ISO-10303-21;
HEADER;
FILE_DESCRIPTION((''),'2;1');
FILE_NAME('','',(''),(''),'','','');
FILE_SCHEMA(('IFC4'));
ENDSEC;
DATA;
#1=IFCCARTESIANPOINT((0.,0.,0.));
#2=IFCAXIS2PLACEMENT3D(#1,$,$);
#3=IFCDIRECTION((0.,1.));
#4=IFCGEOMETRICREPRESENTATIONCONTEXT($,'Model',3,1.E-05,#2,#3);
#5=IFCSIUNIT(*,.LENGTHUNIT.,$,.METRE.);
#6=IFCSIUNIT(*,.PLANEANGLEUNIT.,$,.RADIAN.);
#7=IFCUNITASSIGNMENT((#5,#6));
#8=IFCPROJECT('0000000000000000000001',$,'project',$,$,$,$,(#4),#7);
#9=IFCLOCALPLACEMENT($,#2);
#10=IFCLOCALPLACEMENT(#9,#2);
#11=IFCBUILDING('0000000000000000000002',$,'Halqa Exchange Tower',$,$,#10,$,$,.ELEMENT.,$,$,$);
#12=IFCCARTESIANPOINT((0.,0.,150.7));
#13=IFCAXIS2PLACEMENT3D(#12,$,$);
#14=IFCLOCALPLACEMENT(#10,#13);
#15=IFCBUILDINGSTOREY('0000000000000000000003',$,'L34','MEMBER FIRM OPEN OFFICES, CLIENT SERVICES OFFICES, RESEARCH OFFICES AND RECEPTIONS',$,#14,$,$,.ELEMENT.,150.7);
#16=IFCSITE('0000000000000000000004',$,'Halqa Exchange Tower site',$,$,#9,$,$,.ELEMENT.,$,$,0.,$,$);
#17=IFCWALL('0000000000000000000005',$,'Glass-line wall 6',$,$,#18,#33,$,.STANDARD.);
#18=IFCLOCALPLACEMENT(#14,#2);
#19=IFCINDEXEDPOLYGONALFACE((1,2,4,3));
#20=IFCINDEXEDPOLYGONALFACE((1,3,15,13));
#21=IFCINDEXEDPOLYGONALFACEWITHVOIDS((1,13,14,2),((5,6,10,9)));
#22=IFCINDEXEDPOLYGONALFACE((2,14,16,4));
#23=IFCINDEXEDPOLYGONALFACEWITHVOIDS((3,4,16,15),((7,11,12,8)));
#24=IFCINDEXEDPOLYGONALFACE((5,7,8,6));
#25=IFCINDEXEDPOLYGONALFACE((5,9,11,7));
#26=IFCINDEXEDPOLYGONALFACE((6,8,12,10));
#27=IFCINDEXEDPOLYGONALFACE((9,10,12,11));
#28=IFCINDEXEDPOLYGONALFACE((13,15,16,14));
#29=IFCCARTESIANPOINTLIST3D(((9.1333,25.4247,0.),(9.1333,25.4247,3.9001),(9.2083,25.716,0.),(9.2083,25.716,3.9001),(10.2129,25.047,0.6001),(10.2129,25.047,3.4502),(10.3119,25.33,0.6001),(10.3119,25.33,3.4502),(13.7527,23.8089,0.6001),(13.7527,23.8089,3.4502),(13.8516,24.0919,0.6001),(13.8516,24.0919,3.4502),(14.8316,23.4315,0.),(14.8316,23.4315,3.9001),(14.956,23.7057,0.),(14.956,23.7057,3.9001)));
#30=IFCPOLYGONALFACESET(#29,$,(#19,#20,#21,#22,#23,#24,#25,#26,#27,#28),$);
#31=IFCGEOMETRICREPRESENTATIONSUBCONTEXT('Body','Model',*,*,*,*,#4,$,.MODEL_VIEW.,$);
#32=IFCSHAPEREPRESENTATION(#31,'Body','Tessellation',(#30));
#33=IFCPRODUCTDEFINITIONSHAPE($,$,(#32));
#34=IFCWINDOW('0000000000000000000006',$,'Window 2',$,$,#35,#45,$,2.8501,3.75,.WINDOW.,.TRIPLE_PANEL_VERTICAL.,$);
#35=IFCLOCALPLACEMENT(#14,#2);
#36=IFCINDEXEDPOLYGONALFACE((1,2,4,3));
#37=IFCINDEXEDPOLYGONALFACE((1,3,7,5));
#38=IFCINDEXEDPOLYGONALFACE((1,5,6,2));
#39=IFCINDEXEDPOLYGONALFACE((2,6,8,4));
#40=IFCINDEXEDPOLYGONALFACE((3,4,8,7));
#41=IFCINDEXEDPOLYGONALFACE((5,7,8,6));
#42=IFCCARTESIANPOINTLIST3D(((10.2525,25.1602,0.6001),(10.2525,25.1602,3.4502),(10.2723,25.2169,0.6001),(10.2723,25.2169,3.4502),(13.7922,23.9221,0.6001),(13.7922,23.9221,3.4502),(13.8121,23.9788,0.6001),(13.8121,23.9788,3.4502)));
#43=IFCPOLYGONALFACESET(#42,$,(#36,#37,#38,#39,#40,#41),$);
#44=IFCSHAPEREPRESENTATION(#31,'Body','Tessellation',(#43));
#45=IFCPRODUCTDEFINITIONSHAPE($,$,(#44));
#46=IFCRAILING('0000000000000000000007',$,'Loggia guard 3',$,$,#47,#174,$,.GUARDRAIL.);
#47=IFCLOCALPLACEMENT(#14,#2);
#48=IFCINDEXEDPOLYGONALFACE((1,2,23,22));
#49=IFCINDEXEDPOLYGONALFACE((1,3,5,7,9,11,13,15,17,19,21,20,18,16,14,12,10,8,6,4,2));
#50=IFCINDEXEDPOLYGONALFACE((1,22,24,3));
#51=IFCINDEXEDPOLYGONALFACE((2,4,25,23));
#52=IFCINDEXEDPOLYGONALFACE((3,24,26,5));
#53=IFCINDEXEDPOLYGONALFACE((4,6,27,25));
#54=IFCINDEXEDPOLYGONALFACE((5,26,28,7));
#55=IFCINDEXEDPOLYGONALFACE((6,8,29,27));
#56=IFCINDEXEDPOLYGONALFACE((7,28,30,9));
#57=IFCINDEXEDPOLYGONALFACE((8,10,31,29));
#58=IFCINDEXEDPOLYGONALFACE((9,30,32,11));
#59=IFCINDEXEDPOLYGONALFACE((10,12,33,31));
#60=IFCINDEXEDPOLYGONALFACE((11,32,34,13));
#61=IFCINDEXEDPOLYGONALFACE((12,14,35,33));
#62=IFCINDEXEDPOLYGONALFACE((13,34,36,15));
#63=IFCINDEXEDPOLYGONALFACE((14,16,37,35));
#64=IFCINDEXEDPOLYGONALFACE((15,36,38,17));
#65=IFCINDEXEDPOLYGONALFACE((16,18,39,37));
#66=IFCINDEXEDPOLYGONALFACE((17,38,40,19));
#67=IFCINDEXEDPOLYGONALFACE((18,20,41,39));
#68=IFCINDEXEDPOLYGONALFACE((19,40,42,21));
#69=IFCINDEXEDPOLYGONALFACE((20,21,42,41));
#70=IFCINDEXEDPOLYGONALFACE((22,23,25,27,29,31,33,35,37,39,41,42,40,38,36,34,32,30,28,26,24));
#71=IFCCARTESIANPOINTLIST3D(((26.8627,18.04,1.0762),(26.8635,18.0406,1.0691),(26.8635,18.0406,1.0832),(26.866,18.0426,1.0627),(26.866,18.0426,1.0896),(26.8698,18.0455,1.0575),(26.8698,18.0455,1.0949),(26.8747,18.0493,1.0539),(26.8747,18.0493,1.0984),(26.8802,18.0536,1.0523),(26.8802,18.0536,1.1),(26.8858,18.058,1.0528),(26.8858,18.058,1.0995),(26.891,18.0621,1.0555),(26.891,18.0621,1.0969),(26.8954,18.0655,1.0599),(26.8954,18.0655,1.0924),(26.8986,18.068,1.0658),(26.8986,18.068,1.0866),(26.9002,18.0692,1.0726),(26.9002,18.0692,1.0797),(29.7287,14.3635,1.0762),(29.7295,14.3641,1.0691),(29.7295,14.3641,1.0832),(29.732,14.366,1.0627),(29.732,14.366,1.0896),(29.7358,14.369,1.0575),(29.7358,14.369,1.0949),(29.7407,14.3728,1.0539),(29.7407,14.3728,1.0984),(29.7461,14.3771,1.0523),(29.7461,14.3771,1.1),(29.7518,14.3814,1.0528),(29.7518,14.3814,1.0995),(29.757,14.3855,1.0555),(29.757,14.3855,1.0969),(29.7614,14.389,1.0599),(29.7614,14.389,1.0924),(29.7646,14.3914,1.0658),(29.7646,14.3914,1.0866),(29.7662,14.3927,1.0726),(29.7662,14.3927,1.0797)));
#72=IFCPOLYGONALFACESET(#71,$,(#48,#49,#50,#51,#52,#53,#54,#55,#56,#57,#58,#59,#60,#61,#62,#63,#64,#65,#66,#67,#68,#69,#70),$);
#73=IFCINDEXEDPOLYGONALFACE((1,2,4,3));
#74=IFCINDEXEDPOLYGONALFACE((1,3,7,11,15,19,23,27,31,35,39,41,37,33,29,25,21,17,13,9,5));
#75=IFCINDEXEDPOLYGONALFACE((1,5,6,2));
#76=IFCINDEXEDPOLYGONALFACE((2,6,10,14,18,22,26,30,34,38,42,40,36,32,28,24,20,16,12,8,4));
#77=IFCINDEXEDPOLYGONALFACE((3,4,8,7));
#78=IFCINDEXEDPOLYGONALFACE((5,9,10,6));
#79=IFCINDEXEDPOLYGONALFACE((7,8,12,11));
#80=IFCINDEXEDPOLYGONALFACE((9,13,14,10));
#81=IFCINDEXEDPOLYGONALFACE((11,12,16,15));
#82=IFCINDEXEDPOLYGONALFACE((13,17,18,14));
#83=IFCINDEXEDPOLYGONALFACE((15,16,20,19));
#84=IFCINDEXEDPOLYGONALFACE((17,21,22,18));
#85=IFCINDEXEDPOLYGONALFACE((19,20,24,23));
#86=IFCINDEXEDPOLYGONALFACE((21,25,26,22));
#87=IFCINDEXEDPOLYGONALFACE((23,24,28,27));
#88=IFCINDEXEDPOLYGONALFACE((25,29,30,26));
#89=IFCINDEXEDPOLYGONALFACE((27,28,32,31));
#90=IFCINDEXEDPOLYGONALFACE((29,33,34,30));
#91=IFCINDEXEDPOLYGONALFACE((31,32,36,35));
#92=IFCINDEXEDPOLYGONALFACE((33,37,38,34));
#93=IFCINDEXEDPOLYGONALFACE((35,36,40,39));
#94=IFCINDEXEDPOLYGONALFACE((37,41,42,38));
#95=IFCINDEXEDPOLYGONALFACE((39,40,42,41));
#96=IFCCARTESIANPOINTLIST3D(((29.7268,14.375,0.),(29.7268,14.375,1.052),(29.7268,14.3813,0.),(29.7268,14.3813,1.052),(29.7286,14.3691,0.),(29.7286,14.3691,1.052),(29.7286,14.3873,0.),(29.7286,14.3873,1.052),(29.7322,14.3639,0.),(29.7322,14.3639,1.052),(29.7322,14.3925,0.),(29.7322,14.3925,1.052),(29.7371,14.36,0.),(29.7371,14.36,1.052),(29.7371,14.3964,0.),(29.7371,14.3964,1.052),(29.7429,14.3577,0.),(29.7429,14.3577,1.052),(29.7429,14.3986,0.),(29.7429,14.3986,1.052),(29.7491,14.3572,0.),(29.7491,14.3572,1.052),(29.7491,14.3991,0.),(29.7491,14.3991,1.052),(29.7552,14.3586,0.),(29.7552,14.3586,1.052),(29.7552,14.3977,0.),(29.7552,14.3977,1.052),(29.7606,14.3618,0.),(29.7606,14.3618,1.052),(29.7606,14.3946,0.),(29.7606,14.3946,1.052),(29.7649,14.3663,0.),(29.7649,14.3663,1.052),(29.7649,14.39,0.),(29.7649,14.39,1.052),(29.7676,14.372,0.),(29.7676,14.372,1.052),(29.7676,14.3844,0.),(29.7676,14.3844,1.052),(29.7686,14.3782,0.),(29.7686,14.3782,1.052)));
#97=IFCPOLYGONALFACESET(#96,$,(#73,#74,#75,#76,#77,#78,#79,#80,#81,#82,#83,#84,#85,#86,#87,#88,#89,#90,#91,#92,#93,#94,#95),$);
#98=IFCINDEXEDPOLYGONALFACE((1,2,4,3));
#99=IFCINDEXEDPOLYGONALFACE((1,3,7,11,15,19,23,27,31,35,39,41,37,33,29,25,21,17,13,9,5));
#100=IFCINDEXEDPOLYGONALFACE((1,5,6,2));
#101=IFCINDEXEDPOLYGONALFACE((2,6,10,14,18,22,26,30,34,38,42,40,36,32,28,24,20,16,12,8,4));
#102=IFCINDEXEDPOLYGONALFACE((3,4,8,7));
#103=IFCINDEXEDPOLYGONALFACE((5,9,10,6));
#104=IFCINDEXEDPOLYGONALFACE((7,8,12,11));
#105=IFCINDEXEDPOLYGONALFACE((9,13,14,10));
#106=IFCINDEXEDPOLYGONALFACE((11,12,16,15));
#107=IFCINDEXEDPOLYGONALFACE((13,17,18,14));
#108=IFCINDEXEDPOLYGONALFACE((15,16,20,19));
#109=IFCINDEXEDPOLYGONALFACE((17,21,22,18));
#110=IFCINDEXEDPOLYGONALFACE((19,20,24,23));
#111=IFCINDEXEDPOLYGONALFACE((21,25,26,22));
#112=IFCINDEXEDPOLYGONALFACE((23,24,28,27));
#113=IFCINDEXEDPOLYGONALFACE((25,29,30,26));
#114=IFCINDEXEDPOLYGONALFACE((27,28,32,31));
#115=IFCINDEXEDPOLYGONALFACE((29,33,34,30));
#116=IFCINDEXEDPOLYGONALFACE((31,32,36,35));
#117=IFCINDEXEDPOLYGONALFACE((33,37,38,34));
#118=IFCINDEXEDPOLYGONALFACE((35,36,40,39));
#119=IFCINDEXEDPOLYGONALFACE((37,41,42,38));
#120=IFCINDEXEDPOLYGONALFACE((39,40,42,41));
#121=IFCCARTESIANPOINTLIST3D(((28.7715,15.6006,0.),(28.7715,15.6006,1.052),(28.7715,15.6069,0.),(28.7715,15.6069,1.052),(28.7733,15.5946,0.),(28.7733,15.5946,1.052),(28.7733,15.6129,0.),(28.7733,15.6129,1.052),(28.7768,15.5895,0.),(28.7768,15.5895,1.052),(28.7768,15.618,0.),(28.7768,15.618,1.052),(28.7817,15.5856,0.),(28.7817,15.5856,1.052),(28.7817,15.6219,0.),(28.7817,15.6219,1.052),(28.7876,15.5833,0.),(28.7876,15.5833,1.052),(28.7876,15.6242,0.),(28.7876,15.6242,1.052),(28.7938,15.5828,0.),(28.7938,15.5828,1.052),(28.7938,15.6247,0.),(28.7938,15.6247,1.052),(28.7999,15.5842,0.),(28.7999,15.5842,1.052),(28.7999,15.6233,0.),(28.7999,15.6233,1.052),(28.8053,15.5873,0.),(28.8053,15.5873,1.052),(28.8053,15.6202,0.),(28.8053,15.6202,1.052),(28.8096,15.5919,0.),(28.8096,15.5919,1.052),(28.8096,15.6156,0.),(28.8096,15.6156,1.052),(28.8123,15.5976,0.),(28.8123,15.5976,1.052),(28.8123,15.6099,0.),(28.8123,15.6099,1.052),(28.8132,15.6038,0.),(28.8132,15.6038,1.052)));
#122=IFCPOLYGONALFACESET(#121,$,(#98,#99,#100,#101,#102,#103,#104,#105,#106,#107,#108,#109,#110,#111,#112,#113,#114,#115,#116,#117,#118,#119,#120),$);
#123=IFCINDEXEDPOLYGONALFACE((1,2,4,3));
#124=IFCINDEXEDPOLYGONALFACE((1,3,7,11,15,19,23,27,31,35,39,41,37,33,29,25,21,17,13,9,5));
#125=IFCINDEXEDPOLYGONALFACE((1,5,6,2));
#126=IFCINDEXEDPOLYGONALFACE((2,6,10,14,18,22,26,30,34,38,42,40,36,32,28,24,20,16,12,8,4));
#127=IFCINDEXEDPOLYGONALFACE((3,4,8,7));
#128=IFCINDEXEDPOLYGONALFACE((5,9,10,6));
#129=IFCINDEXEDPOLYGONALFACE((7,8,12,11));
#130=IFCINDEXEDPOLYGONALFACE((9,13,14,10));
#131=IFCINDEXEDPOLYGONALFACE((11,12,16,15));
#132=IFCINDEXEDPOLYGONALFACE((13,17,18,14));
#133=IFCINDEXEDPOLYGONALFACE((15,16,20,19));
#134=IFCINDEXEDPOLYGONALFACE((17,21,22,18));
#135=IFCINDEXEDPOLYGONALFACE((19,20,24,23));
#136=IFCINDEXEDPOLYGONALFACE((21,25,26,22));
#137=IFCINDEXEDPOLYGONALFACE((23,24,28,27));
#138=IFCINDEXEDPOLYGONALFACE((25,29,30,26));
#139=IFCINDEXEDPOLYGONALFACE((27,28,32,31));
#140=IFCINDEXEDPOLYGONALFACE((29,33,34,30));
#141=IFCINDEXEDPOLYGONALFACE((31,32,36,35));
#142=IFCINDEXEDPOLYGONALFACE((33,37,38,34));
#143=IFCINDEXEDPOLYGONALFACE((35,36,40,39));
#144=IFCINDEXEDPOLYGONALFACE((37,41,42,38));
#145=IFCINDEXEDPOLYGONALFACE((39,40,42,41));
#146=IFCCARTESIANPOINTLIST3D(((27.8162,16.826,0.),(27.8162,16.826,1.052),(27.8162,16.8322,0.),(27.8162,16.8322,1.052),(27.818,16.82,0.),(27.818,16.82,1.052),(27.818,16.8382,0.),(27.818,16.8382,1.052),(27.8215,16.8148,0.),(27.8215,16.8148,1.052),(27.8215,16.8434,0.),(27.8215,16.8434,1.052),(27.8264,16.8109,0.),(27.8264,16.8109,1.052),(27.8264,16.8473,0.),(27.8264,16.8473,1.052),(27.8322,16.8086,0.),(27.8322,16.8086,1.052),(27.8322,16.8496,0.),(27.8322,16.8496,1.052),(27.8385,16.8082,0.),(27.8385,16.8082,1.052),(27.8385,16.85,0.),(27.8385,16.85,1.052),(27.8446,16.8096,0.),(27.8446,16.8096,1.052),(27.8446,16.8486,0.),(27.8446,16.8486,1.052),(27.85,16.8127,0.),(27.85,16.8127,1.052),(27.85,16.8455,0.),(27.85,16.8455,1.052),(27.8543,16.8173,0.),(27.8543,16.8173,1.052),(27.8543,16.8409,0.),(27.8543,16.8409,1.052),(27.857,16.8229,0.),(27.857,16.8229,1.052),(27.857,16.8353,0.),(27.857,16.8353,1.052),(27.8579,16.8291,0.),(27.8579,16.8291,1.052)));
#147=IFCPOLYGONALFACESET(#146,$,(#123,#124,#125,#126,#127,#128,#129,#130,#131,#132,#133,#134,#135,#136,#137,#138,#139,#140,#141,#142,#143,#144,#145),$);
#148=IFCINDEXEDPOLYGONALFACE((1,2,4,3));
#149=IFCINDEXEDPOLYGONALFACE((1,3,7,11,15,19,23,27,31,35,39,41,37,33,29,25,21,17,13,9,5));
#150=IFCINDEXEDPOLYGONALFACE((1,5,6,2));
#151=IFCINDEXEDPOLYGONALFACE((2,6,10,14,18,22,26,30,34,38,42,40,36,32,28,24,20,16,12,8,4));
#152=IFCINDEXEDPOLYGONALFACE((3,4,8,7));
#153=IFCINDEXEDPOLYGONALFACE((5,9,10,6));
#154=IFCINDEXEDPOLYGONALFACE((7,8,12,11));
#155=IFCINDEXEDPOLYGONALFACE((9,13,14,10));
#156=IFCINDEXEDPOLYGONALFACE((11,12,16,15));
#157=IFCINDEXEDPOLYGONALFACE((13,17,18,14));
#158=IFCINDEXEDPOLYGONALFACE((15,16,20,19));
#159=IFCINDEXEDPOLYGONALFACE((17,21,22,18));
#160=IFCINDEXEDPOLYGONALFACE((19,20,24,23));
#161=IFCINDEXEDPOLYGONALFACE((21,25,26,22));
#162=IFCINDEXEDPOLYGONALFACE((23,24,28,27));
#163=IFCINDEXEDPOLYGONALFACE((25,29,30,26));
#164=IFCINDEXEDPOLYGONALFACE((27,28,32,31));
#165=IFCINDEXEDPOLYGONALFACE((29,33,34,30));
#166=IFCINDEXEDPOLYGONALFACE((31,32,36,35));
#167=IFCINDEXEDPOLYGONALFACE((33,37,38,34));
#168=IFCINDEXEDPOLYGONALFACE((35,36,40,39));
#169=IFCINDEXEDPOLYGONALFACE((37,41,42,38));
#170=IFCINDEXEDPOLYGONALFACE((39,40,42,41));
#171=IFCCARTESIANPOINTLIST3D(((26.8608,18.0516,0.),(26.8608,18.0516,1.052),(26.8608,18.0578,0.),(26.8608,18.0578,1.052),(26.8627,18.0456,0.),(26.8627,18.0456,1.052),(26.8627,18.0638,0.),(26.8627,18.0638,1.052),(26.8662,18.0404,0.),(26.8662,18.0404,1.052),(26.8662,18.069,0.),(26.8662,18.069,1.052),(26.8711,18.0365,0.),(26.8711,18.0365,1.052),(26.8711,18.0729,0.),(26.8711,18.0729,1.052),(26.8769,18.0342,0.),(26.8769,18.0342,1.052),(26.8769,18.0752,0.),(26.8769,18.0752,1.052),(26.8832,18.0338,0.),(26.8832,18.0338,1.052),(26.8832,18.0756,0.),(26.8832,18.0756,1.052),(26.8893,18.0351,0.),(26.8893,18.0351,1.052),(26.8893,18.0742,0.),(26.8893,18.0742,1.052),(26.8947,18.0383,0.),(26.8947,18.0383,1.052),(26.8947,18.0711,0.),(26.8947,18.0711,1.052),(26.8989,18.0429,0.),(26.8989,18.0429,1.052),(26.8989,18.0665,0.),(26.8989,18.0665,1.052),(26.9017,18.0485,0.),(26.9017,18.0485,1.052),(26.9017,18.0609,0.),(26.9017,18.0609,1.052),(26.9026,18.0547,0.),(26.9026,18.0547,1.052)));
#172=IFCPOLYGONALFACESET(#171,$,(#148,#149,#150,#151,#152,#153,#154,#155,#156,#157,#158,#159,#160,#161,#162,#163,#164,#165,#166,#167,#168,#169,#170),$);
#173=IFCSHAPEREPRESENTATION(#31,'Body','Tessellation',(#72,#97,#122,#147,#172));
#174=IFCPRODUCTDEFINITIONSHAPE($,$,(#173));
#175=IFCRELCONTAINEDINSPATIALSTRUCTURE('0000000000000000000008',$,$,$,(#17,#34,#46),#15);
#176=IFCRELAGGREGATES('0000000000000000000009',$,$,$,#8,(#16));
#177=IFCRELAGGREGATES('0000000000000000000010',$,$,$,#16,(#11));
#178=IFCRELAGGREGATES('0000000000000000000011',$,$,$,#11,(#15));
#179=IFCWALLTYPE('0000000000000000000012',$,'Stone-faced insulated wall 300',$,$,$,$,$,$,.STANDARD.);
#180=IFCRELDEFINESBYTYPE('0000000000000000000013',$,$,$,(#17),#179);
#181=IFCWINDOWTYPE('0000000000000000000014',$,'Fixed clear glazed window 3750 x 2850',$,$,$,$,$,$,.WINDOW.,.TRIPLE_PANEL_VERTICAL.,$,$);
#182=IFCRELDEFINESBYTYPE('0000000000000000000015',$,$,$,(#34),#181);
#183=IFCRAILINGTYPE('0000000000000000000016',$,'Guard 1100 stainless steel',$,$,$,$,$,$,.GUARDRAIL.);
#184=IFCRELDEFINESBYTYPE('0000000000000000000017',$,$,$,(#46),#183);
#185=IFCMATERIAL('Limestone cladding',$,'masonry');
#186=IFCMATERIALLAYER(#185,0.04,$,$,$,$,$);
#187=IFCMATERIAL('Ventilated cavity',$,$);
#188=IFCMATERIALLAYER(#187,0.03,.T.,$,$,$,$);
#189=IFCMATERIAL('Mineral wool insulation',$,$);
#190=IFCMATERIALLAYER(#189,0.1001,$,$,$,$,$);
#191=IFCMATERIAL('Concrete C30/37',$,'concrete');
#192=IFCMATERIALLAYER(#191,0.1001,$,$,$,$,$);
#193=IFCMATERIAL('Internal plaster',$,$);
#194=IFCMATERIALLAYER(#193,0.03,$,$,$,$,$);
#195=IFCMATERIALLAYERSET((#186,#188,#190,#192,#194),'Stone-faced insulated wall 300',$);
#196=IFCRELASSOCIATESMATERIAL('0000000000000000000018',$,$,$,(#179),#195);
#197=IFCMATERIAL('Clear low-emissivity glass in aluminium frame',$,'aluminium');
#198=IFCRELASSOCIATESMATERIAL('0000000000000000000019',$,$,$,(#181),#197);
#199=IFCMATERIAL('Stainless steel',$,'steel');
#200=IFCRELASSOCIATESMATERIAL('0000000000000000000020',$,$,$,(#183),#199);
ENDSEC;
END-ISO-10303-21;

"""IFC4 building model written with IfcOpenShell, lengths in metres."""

from ifc_helpers import new_model, si_unit, direction, frame, frame_2d, origin, origin_2d, place, context, subcontext, project, spatial, polyline, rectangle, circle, outline, extrude, material, layer, layer_set, type_object, element, fill, save


model = new_model("IFC4")

# Units and contexts
model_context = context("Model", 3, precision=1e-05, world=origin(), true_north=direction((0.0, 1.0)))
body_context = subcontext(model_context, "Body", "Model", "MODEL_VIEW")
ifc_project = project(units=[si_unit("LENGTHUNIT", "METRE"), si_unit("PLANEANGLEUNIT", "RADIAN")], contexts=[model_context])

# Site, building, storey
site_placement = place(None, origin())
site = spatial("IfcSite", under=ifc_project, at=site_placement, Name="Halqa Exchange Tower site", CompositionType="ELEMENT", RefElevation=0.0)
building_placement = place(site_placement, origin())
building = spatial("IfcBuilding", under=site, at=building_placement, Name="Halqa Exchange Tower", CompositionType="ELEMENT")
storey_placement = place(building_placement, frame((0.0, 0.0, 150.7)))
storey = spatial("IfcBuildingStorey", under=building, at=storey_placement, Name="L34", Description="MEMBER FIRM OPEN OFFICES, CLIENT SERVICES OFFICES, RESEARCH OFFICES AND RECEPTIONS", CompositionType="ELEMENT", Elevation=150.7)

# Shared definitions
ifc_material_1 = material(Name="Limestone cladding", Category="masonry")
ifc_layer_1 = layer(ifc_material_1, 0.04)
ifc_material_2 = material(Name="Ventilated cavity")
ifc_layer_2 = layer(ifc_material_2, 0.03, ventilated=True)
ifc_material_3 = material(Name="Mineral wool insulation")
ifc_layer_3 = layer(ifc_material_3, 0.1001)
ifc_material_4 = material(Name="Concrete C30/37", Category="concrete")
ifc_layer_4 = layer(ifc_material_4, 0.1001)
ifc_material_5 = material(Name="Internal plaster")
ifc_layer_5 = layer(ifc_material_5, 0.03)
ifc_layer_set_1 = layer_set([ifc_layer_1, ifc_layer_2, ifc_layer_3, ifc_layer_4, ifc_layer_5], Name="Stone-faced insulated wall 300")
wall_type_1 = type_object("IfcWallType", Name="Stone-faced insulated wall 300", PredefinedType="STANDARD", material=ifc_layer_set_1)
ifc_material_6 = material(Name="Clear low-emissivity glass in aluminium frame", Category="aluminium")

# Wall, opening, window
window_type = type_object("IfcWindowType", Name="Fixed clear glazed window 3750 x 2850", PartitioningType="TRIPLE_PANEL_VERTICAL", PredefinedType="WINDOW", material=ifc_material_6)
wall_1_placement = place(storey_placement, frame((14.8938, 23.5686, 0.0), z_axis=(0.0, 0.0, 1.0), x_axis=(-0.943926, 0.330158, 0.0)))
wall_1 = element("IfcWall", 1, at=wall_1_placement, inside=storey, type_object=wall_type_1, Name="Glass-line wall 6", PredefinedType="STANDARD", context=body_context, shape_type="SweptSolid", body=[
    extrude(outline(polyline([(-0.0134, -0.1499), (6.0757, -0.1499), (6.0503, 0.1499), (0.0134, 0.1499), (-0.0134, -0.1499)])), origin(), (0.0, 0.0, 1.0), 3.9001),
])
opening_1_placement = place(wall_1_placement, frame((1.1565, 0.0, 0.6001)))
opening_1 = element("IfcOpeningElement", 2, at=opening_1_placement, cuts=wall_1, PredefinedType="OPENING", context=body_context, shape_type="SweptSolid", body=[
    extrude(rectangle(XDim=3.75, YDim=2.8501, at=frame_2d((1.875, 1.425))), frame((0.0, 0.1621, 0.0), z_axis=(0.0, -1.0, 0.0), x_axis=(1.0, 0.0, 0.0)), (0.0, 0.0, 1.0), 0.324),
])
window_1_placement = place(opening_1_placement, origin())
window_1 = element("IfcWindow", 3, at=window_1_placement, inside=storey, type_object=window_type, Name="Window 2", OverallHeight=2.8501, OverallWidth=3.75, PartitioningType="TRIPLE_PANEL_VERTICAL", PredefinedType="WINDOW", context=body_context, shape_type="SweptSolid", body=[
    extrude(rectangle(XDim=3.75, YDim=2.8501, at=frame_2d((1.875, 1.425))), frame((0.0, 0.03, 0.0), z_axis=(0.0, -1.0, 0.0), x_axis=(1.0, 0.0, 0.0)), (0.0, 0.0, 1.0), 0.0601),
])
fill(opening_1, window_1)

# Railing
ifc_material_7 = material(Name="Stainless steel", Category="steel")
railing_type = type_object("IfcRailingType", Name="Guard 1100 stainless steel", PredefinedType="GUARDRAIL", material=ifc_material_7)
railing_1_placement = place(storey_placement, frame((29.7476, 14.3782, 0.0)))
element("IfcRailing", 4, at=railing_1_placement, inside=storey, type_object=railing_type, Name="Loggia guard 3", PredefinedType="GUARDRAIL", context=body_context, shape_type="SweptSolid", body=[
    extrude(circle(Radius=0.0239, at=origin_2d()), frame((0.0, 0.0, 1.0762), z_axis=(-0.614803, 0.788681, 0.0), x_axis=(-0.788681, -0.614803, 0.0)), (0.0, 0.0, 1.0), 4.6616),
    extrude(circle(Radius=0.021, at=origin_2d()), origin(), (0.0, 0.0, 1.0), 1.052),
    extrude(circle(Radius=0.021, at=origin_2d()), frame((-0.9553, 1.2256, 0.0)), (0.0, 0.0, 1.0), 1.052),
    extrude(circle(Radius=0.021, at=origin_2d()), frame((-1.9106, 2.4509, 0.0)), (0.0, 0.0, 1.0), 1.052),
    extrude(circle(Radius=0.021, at=origin_2d()), frame((-2.866, 3.6765, 0.0)), (0.0, 0.0, 1.0), 1.052),
])

save(model, "model.ifc")
